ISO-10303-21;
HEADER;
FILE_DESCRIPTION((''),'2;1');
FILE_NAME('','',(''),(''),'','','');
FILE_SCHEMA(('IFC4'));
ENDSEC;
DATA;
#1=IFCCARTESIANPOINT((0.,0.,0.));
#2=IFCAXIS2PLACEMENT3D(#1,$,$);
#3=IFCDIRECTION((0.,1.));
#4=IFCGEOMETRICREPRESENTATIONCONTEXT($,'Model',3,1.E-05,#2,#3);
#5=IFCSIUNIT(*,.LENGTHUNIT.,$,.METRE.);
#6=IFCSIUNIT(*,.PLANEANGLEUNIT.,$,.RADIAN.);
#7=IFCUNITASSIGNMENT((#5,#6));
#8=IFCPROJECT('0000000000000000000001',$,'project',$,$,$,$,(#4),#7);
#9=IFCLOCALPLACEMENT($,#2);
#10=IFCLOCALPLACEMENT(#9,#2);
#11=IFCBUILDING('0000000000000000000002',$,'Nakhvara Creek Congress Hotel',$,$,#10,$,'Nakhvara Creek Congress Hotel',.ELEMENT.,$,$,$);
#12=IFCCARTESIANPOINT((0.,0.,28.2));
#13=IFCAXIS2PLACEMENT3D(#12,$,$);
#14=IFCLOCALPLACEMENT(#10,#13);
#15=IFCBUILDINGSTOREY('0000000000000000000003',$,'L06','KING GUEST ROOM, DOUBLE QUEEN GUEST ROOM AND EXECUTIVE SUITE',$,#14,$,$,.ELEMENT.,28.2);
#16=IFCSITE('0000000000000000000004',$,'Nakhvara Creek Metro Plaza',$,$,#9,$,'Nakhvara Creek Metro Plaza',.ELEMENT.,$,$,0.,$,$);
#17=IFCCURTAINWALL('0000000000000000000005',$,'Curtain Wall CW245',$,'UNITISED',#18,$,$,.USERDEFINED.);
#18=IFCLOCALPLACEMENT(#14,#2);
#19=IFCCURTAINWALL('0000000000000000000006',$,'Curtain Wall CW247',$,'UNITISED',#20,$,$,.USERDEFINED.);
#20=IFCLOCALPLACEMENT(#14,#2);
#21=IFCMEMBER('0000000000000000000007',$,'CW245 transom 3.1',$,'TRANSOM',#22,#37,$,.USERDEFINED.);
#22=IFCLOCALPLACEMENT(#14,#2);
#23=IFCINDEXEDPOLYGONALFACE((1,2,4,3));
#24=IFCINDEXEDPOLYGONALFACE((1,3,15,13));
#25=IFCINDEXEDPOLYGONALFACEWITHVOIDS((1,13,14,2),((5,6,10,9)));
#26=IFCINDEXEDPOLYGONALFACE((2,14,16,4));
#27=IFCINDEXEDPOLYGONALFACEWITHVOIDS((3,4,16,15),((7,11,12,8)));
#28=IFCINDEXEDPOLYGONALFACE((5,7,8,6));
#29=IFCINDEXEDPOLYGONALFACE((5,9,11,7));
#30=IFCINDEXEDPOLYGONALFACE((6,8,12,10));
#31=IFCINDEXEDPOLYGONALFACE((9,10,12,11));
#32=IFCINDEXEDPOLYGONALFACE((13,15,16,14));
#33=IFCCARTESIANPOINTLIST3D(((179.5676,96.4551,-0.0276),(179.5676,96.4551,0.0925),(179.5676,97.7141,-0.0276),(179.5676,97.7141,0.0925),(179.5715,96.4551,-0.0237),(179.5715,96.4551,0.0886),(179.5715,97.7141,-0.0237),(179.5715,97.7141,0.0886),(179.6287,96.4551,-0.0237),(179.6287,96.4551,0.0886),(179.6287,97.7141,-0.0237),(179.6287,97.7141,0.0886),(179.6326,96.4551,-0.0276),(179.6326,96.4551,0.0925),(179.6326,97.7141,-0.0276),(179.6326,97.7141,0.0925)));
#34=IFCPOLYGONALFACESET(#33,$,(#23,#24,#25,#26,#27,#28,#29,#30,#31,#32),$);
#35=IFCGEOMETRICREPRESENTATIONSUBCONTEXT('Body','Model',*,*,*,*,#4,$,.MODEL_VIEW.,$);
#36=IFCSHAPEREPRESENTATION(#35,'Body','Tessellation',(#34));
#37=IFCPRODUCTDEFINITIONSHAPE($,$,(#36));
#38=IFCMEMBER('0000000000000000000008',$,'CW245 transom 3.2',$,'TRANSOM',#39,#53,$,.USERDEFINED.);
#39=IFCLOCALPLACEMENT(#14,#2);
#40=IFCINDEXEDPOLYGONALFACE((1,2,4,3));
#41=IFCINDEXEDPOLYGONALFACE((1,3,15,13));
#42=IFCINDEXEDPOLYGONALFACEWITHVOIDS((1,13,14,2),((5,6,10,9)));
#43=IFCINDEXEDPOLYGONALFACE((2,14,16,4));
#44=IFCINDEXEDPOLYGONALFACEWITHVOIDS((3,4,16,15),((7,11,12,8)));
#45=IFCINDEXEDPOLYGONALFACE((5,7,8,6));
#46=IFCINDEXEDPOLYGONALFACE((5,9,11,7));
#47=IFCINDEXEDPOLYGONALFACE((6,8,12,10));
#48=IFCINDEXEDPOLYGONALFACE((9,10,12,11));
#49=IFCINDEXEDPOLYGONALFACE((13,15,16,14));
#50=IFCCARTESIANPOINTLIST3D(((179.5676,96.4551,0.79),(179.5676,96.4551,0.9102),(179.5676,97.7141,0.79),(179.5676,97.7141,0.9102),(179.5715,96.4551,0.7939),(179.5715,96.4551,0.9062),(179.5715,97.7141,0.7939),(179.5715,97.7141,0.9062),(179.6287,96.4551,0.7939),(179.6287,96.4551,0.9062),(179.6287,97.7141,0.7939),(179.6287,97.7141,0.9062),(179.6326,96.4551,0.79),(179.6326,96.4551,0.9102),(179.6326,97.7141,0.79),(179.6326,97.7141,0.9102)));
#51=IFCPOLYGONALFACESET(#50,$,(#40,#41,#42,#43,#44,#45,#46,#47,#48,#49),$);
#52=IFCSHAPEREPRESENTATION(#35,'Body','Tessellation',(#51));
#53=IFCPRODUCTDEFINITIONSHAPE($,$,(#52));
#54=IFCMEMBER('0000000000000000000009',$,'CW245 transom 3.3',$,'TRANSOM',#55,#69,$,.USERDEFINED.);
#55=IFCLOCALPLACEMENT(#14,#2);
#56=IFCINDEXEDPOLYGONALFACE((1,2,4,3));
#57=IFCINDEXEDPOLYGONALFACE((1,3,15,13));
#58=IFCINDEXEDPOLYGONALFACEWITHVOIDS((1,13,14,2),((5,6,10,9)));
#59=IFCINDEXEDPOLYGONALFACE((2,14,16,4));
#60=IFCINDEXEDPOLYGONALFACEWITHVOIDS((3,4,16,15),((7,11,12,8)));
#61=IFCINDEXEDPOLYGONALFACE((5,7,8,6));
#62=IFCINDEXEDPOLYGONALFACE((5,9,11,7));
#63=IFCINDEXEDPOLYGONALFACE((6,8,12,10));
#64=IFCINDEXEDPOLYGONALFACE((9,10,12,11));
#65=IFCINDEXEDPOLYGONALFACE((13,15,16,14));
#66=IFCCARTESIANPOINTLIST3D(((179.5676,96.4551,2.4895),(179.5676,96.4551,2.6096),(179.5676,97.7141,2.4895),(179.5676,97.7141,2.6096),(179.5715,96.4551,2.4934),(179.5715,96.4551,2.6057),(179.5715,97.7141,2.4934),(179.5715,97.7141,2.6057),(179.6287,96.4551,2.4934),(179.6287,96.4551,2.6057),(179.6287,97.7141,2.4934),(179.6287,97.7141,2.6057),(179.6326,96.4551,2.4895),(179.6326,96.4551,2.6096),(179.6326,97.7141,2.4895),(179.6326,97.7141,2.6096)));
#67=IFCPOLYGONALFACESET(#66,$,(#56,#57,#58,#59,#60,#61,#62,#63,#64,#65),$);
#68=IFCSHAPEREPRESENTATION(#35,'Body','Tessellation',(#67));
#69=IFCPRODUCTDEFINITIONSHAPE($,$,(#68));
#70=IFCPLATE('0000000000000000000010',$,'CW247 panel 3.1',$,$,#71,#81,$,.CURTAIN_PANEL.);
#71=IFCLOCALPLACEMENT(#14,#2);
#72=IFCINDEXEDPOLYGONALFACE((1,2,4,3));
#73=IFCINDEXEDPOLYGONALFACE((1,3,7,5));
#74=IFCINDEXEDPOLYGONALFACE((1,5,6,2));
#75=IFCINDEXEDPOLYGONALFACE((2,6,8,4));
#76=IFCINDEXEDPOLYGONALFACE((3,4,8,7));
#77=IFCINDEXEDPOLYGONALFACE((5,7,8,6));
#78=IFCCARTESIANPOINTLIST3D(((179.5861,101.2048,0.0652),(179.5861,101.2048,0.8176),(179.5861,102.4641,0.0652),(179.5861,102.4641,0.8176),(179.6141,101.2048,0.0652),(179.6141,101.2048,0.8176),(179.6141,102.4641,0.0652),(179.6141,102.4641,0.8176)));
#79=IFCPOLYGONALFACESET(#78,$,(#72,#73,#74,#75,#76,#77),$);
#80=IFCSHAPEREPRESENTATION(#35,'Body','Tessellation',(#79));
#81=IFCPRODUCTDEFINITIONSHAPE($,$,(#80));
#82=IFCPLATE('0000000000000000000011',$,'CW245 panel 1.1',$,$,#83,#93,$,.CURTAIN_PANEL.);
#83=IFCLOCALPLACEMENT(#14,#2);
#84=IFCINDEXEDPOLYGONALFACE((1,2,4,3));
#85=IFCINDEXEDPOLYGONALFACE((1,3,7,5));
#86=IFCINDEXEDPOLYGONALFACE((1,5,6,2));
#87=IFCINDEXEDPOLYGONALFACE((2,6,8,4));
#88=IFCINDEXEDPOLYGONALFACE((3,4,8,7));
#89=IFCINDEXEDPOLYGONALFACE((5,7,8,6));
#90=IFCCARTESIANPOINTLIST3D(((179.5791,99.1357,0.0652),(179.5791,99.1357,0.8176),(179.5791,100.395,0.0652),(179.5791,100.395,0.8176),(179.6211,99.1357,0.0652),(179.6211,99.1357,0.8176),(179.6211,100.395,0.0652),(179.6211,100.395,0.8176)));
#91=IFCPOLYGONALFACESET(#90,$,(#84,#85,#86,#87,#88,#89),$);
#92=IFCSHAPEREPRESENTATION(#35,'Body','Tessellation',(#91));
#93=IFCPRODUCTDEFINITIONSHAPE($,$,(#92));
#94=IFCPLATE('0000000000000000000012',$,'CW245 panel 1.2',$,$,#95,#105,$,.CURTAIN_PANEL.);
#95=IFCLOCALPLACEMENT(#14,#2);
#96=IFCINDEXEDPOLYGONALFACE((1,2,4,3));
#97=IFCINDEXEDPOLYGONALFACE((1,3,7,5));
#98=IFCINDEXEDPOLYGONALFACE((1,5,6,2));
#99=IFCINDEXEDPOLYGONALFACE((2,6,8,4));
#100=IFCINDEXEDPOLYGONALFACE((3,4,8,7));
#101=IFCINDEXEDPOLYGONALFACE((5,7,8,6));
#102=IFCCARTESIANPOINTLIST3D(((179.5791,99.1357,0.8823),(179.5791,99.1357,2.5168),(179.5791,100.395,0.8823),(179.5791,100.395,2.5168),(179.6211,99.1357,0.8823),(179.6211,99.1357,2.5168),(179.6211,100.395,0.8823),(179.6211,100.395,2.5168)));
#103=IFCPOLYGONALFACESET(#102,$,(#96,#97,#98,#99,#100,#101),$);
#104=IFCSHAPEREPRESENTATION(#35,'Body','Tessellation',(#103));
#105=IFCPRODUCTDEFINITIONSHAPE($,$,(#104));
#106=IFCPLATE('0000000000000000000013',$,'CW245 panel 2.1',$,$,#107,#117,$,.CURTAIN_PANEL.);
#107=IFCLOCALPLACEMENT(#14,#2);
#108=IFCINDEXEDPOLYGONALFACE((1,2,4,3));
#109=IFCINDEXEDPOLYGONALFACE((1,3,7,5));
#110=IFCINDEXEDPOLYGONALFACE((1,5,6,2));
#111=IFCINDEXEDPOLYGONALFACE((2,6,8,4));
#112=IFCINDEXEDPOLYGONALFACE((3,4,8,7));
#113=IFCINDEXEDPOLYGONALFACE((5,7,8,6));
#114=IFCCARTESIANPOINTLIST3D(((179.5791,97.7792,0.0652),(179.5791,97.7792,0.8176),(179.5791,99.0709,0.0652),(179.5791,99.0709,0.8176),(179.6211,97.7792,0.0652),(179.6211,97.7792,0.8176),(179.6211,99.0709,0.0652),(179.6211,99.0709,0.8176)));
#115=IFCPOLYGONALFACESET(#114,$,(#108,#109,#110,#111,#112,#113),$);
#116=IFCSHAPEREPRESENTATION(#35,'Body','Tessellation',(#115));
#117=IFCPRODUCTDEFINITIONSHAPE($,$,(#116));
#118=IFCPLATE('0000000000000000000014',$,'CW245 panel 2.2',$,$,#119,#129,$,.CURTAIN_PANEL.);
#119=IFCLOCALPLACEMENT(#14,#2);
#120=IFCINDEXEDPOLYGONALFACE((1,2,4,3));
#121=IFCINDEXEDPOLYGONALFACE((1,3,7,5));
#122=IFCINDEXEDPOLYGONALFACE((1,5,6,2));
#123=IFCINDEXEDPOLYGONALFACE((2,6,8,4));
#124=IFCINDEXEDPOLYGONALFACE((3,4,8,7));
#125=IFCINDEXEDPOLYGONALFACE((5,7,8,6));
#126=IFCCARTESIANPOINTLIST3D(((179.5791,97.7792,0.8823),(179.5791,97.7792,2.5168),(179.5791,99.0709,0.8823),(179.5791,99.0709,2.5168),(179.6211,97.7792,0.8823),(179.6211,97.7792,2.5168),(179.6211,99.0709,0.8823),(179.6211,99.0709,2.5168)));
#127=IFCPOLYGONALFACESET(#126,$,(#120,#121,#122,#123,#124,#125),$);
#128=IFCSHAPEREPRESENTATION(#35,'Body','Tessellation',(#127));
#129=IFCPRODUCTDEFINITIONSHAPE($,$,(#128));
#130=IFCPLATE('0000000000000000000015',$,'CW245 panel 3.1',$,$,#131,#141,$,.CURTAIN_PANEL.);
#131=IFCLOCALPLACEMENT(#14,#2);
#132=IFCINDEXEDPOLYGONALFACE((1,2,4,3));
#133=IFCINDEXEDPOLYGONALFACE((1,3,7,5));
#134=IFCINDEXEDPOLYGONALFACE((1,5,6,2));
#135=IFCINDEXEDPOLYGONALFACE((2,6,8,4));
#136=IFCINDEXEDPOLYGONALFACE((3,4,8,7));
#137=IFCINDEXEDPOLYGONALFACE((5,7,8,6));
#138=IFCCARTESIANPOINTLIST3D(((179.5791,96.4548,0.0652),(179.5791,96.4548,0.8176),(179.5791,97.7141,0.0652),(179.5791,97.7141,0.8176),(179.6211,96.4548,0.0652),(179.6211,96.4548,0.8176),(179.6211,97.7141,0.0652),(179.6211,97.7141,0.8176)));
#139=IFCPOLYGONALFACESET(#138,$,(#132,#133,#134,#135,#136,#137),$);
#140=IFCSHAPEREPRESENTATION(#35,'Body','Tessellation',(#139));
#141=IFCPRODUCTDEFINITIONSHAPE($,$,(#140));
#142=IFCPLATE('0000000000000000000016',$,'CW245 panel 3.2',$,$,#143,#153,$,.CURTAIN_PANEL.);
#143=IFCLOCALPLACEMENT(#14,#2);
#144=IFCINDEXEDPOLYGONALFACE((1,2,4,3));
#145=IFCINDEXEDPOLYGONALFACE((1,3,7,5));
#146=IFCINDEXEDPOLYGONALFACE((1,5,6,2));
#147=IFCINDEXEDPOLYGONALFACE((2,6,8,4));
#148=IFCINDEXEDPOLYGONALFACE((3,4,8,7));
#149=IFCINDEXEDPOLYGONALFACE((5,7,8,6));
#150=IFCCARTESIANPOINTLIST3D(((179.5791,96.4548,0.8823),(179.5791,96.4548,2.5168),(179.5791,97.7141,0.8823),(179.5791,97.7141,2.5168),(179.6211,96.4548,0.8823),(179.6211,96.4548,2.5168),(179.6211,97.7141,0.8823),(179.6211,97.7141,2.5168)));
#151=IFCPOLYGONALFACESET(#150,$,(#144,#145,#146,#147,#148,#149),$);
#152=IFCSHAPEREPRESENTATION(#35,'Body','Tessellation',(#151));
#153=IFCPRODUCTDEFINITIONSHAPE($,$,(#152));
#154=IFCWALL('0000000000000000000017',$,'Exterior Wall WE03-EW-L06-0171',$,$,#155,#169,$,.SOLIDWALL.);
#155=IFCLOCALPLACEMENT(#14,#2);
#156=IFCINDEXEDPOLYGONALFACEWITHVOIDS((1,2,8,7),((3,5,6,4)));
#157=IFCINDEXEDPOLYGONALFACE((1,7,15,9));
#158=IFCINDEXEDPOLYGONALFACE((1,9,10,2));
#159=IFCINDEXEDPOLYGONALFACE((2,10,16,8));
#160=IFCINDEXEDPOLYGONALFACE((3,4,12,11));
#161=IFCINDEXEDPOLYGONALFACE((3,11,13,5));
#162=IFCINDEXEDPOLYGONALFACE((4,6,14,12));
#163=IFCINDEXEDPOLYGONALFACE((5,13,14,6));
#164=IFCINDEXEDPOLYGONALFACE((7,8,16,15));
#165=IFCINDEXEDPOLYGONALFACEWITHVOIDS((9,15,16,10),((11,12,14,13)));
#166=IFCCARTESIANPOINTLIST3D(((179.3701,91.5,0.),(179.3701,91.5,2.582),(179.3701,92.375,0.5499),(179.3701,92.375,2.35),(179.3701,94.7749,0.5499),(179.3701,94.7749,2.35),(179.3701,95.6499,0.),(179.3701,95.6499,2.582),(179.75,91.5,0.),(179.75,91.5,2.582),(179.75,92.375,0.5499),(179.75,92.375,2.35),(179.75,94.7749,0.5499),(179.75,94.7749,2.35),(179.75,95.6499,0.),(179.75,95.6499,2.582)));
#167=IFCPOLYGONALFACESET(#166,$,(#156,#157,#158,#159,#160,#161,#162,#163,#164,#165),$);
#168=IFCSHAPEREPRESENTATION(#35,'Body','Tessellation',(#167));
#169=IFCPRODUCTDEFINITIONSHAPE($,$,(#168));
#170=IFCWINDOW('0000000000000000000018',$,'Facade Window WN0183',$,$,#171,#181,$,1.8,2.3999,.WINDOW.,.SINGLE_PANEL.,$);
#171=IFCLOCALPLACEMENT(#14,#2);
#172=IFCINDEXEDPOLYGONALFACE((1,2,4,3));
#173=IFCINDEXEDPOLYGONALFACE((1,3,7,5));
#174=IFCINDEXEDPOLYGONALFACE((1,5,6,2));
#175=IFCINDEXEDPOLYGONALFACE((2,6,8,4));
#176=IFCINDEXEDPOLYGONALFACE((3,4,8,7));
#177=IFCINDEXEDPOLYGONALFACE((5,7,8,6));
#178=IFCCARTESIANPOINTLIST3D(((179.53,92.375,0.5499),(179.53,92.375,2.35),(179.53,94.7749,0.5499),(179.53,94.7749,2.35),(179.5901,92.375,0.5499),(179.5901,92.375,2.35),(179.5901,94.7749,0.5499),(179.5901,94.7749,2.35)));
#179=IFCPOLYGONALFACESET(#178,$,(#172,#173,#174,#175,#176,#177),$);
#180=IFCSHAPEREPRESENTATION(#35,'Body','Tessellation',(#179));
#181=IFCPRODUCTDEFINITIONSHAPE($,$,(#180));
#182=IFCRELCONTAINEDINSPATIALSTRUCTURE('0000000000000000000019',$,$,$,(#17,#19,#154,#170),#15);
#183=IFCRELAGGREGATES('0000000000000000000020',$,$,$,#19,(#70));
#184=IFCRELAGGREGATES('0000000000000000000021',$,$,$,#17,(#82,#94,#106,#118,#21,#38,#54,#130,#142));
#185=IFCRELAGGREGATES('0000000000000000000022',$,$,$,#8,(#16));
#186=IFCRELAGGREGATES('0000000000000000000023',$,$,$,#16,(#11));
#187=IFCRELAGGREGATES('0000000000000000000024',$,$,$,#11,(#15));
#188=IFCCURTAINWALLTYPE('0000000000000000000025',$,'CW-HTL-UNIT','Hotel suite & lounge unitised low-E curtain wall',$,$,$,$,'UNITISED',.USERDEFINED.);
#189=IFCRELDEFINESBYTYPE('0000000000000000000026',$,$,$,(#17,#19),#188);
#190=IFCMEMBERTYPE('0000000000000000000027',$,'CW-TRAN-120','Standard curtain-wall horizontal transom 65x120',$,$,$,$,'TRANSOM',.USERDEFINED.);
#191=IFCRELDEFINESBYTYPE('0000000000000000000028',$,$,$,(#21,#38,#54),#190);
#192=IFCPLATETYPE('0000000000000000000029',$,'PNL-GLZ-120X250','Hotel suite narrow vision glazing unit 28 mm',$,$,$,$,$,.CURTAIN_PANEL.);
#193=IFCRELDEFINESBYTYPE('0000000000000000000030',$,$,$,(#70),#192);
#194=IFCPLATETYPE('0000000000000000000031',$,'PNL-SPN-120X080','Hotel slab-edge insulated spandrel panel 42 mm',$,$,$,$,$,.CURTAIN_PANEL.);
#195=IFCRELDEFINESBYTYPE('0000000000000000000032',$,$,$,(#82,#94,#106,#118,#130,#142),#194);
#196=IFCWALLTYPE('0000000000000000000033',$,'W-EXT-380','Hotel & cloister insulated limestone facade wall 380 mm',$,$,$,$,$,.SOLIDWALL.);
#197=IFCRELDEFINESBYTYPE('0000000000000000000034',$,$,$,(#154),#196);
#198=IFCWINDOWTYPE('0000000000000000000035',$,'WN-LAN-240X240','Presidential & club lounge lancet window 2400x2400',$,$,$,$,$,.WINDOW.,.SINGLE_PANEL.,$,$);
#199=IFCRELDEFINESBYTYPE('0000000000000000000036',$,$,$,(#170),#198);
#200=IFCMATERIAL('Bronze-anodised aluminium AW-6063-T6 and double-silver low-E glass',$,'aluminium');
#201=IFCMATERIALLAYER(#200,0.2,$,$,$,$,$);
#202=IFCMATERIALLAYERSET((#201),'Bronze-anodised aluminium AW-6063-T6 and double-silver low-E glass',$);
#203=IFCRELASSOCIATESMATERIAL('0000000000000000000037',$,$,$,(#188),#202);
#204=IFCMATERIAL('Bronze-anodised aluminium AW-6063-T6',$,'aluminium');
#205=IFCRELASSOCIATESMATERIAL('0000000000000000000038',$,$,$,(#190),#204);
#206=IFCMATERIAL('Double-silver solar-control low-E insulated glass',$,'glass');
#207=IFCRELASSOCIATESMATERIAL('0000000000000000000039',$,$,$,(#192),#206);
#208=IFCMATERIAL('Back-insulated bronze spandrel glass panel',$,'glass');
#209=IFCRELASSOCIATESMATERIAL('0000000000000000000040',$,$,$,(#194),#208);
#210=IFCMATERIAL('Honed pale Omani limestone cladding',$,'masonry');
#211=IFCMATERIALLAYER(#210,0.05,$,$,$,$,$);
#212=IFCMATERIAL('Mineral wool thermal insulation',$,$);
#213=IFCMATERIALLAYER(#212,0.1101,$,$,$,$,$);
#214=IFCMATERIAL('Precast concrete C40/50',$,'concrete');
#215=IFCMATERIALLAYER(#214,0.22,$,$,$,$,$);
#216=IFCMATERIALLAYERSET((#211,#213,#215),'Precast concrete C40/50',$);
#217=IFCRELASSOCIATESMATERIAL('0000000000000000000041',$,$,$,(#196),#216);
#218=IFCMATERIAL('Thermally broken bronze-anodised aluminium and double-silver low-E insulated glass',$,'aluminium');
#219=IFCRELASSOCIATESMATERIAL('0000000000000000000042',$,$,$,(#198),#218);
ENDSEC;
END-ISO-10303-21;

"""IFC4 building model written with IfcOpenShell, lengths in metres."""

from ifc_helpers import new_model, si_unit, direction, frame, frame_2d, origin, origin_2d, place, context, subcontext, project, spatial, rectangle, hollow_rectangle, extrude, material, layer, layer_set, material_profile, profile_set, type_object, element, fill, aggregate, save


model = new_model("IFC4")

# Units and contexts
model_context = context("Model", 3, precision=1e-05, world=origin(), true_north=direction((0.0, 1.0)))
body_context = subcontext(model_context, "Body", "Model", "MODEL_VIEW")
ifc_project = project(units=[si_unit("LENGTHUNIT", "METRE"), si_unit("PLANEANGLEUNIT", "RADIAN")], contexts=[model_context])

# Site, building, storey
site_placement = place(None, origin())
site = spatial("IfcSite", under=ifc_project, at=site_placement, Name="Nakhvara Creek Metro Plaza", LongName="Nakhvara Creek Metro Plaza", CompositionType="ELEMENT", RefElevation=0.0)
building_placement = place(site_placement, origin())
building = spatial("IfcBuilding", under=site, at=building_placement, Name="Nakhvara Creek Congress Hotel", LongName="Nakhvara Creek Congress Hotel", CompositionType="ELEMENT")
storey_placement = place(building_placement, frame((0.0, 0.0, 28.2)))
storey = spatial("IfcBuildingStorey", under=building, at=storey_placement, Name="L06", Description="KING GUEST ROOM, DOUBLE QUEEN GUEST ROOM AND EXECUTIVE SUITE", CompositionType="ELEMENT", Elevation=28.2)

# Curtain wall
ifc_material_1 = material(Name="Bronze-anodised aluminium AW-6063-T6 and double-silver low-E glass", Category="aluminium")
ifc_layer_1 = layer(ifc_material_1, 0.2)
ifc_layer_set_1 = layer_set([ifc_layer_1], Name="Bronze-anodised aluminium AW-6063-T6 and double-silver low-E glass")
curtain_wall_type = type_object("IfcCurtainWallType", Name="CW-HTL-UNIT", Description="Hotel suite & lounge unitised low-E curtain wall", ElementType="UNITISED", PredefinedType="USERDEFINED", material=ifc_layer_set_1)
curtain_wall_1_placement = place(storey_placement, origin())
curtain_wall_1 = element("IfcCurtainWall", 1, at=curtain_wall_1_placement, inside=storey, type_object=curtain_wall_type, Name="Curtain Wall CW245", ObjectType="UNITISED", PredefinedType="USERDEFINED")
ifc_material_2 = material(Name="Bronze-anodised aluminium AW-6063-T6", Category="aluminium")

# Curtain wall
curtain_wall_2_placement = place(storey_placement, origin())
curtain_wall_2 = element("IfcCurtainWall", 2, at=curtain_wall_2_placement, inside=storey, type_object=curtain_wall_type, Name="Curtain Wall CW247", ObjectType="UNITISED", PredefinedType="USERDEFINED")

# Members
ifc_material_profile_1 = material_profile(ifc_material_2, hollow_rectangle(XDim=0.0649, YDim=0.1201, WallThickness=0.0039, at=origin_2d()), Name="ALU-TRAN 65x120x4", Category="LoadBearing")
ifc_profile_set_1 = profile_set([ifc_material_profile_1], Name="Bronze-anodised aluminium AW-6063-T6")
member_type_1 = type_object("IfcMemberType", Name="CW-TRAN-120", Description="Standard curtain-wall horizontal transom 65x120", ElementType="TRANSOM", PredefinedType="USERDEFINED", material=ifc_profile_set_1)
member_1_placement = place(storey_placement, frame((179.6001, 97.7141, 0.0325), z_axis=(0.0, -1.0, 0.0), x_axis=(1.0, 0.0, 0.0)))
member_1 = element("IfcMember", 3, at=member_1_placement, type_object=member_type_1, Name="CW245 transom 3.1", ObjectType="TRANSOM", PredefinedType="USERDEFINED", context=body_context, shape_type="SweptSolid", body=[
    extrude(hollow_rectangle(XDim=0.0649, YDim=0.1201, WallThickness=0.0039, at=origin_2d()), origin(), (0.0, 0.0, 1.0), 1.259),
])
member_2_placement = place(storey_placement, frame((179.6001, 97.7141, 0.8501), z_axis=(0.0, -1.0, 0.0), x_axis=(1.0, 0.0, 0.0)))
member_2 = element("IfcMember", 4, at=member_2_placement, type_object=member_type_1, Name="CW245 transom 3.2", ObjectType="TRANSOM", PredefinedType="USERDEFINED", context=body_context, shape_type="SweptSolid", body=[
    extrude(hollow_rectangle(XDim=0.0649, YDim=0.1201, WallThickness=0.0039, at=origin_2d()), origin(), (0.0, 0.0, 1.0), 1.259),
])
member_3_placement = place(storey_placement, frame((179.6001, 97.7141, 2.5496), z_axis=(0.0, -1.0, 0.0), x_axis=(1.0, 0.0, 0.0)))
member_3 = element("IfcMember", 5, at=member_3_placement, type_object=member_type_1, Name="CW245 transom 3.3", ObjectType="TRANSOM", PredefinedType="USERDEFINED", context=body_context, shape_type="SweptSolid", body=[
    extrude(hollow_rectangle(XDim=0.0649, YDim=0.1201, WallThickness=0.0039, at=origin_2d()), origin(), (0.0, 0.0, 1.0), 1.259),
])

# Plates
ifc_material_3 = material(Name="Double-silver solar-control low-E insulated glass", Category="glass")
plate_type_1 = type_object("IfcPlateType", Name="PNL-GLZ-120X250", Description="Hotel suite narrow vision glazing unit 28 mm", PredefinedType="CURTAIN_PANEL", material=ifc_material_3)
plate_1_placement = place(storey_placement, frame((179.6001, 101.8345, 0.0652), z_axis=(0.0, 0.0, 1.0), x_axis=(0.0, -1.0, 0.0)))
plate_1 = element("IfcPlate", 6, at=plate_1_placement, type_object=plate_type_1, Name="CW247 panel 3.1", PredefinedType="CURTAIN_PANEL", context=body_context, shape_type="SweptSolid", body=[
    extrude(rectangle(XDim=1.2593, YDim=0.0281, at=origin_2d()), origin(), (0.0, 0.0, 1.0), 0.7524),
])
aggregate(curtain_wall_2, [plate_1])
ifc_material_4 = material(Name="Back-insulated bronze spandrel glass panel", Category="glass")
plate_type_2 = type_object("IfcPlateType", Name="PNL-SPN-120X080", Description="Hotel slab-edge insulated spandrel panel 42 mm", PredefinedType="CURTAIN_PANEL", material=ifc_material_4)
plate_2_placement = place(storey_placement, frame((179.6001, 99.7654, 0.0652), z_axis=(0.0, 0.0, 1.0), x_axis=(0.0, -1.0, 0.0)))
plate_2 = element("IfcPlate", 7, at=plate_2_placement, type_object=plate_type_2, Name="CW245 panel 1.1", PredefinedType="CURTAIN_PANEL", context=body_context, shape_type="SweptSolid", body=[
    extrude(rectangle(XDim=1.2593, YDim=0.042, at=origin_2d()), origin(), (0.0, 0.0, 1.0), 0.7524),
])
plate_3_placement = place(storey_placement, frame((179.6001, 99.7654, 0.8823), z_axis=(0.0, 0.0, 1.0), x_axis=(0.0, -1.0, 0.0)))
plate_3 = element("IfcPlate", 8, at=plate_3_placement, type_object=plate_type_2, Name="CW245 panel 1.2", PredefinedType="CURTAIN_PANEL", context=body_context, shape_type="SweptSolid", body=[
    extrude(rectangle(XDim=1.2593, YDim=0.042, at=origin_2d()), origin(), (0.0, 0.0, 1.0), 1.6345),
])
plate_4_placement = place(storey_placement, frame((179.6001, 98.425, 0.0652), z_axis=(0.0, 0.0, 1.0), x_axis=(0.0, -1.0, 0.0)))
plate_4 = element("IfcPlate", 9, at=plate_4_placement, type_object=plate_type_2, Name="CW245 panel 2.1", PredefinedType="CURTAIN_PANEL", context=body_context, shape_type="SweptSolid", body=[
    extrude(rectangle(XDim=1.2917, YDim=0.042, at=origin_2d()), origin(), (0.0, 0.0, 1.0), 0.7524),
])
plate_5_placement = place(storey_placement, frame((179.6001, 98.425, 0.8823), z_axis=(0.0, 0.0, 1.0), x_axis=(0.0, -1.0, 0.0)))
plate_5 = element("IfcPlate", 10, at=plate_5_placement, type_object=plate_type_2, Name="CW245 panel 2.2", PredefinedType="CURTAIN_PANEL", context=body_context, shape_type="SweptSolid", body=[
    extrude(rectangle(XDim=1.2917, YDim=0.042, at=origin_2d()), origin(), (0.0, 0.0, 1.0), 1.6345),
])
plate_6_placement = place(storey_placement, frame((179.6001, 97.0845, 0.0652), z_axis=(0.0, 0.0, 1.0), x_axis=(0.0, -1.0, 0.0)))
plate_6 = element("IfcPlate", 11, at=plate_6_placement, type_object=plate_type_2, Name="CW245 panel 3.1", PredefinedType="CURTAIN_PANEL", context=body_context, shape_type="SweptSolid", body=[
    extrude(rectangle(XDim=1.2593, YDim=0.042, at=origin_2d()), origin(), (0.0, 0.0, 1.0), 0.7524),
])
plate_7_placement = place(storey_placement, frame((179.6001, 97.0845, 0.8823), z_axis=(0.0, 0.0, 1.0), x_axis=(0.0, -1.0, 0.0)))
plate_7 = element("IfcPlate", 12, at=plate_7_placement, type_object=plate_type_2, Name="CW245 panel 3.2", PredefinedType="CURTAIN_PANEL", context=body_context, shape_type="SweptSolid", body=[
    extrude(rectangle(XDim=1.2593, YDim=0.042, at=origin_2d()), origin(), (0.0, 0.0, 1.0), 1.6345),
])
aggregate(curtain_wall_1, [plate_2, plate_3, plate_4, plate_5, member_1, member_2, member_3, plate_6, plate_7])

# Wall, opening, window
ifc_material_5 = material(Name="Honed pale Omani limestone cladding", Category="masonry")
ifc_layer_2 = layer(ifc_material_5, 0.05)
ifc_material_6 = material(Name="Mineral wool thermal insulation")
ifc_layer_3 = layer(ifc_material_6, 0.1101)
ifc_material_7 = material(Name="Precast concrete C40/50", Category="concrete")
ifc_layer_4 = layer(ifc_material_7, 0.22)
ifc_layer_set_2 = layer_set([ifc_layer_2, ifc_layer_3, ifc_layer_4], Name="Precast concrete C40/50")
wall_type = type_object("IfcWallType", Name="W-EXT-380", Description="Hotel & cloister insulated limestone facade wall 380 mm", PredefinedType="SOLIDWALL", material=ifc_layer_set_2)
wall_placement = place(storey_placement, frame((179.5601, 95.6499, 0.0), z_axis=(0.0, 0.0, 1.0), x_axis=(0.0, -1.0, 0.0)))
wall = element("IfcWall", 13, at=wall_placement, inside=storey, type_object=wall_type, Name="Exterior Wall WE03-EW-L06-0171", PredefinedType="SOLIDWALL", context=body_context, shape_type="SweptSolid", body=[
    extrude(rectangle(XDim=4.1499, YDim=0.3799, at=frame_2d((2.075, 0.0))), origin(), (0.0, 0.0, 1.0), 2.582),
])
opening_placement = place(wall_placement, frame((0.875, 0.0, 0.55)))
opening = element("IfcOpeningElement", 14, at=opening_placement, cuts=wall, PredefinedType="OPENING", context=body_context, shape_type="SweptSolid", body=[
    extrude(rectangle(XDim=2.3999, YDim=1.8, at=frame_2d((1.2, 0.8999))), frame((0.0, 0.2019, 0.0), z_axis=(0.0, -1.0, 0.0), x_axis=(1.0, 0.0, 0.0)), (0.0, 0.0, 1.0), 0.4038),
])
ifc_material_8 = material(Name="Thermally broken bronze-anodised aluminium and double-silver low-E insulated glass", Category="aluminium")
window_type = type_object("IfcWindowType", Name="WN-LAN-240X240", Description="Presidential & club lounge lancet window 2400x2400", PartitioningType="SINGLE_PANEL", PredefinedType="WINDOW", material=ifc_material_8)
window_placement = place(opening_placement, origin())
window = element("IfcWindow", 15, at=window_placement, inside=storey, type_object=window_type, Name="Facade Window WN0183", OverallHeight=1.8, OverallWidth=2.3999, PartitioningType="SINGLE_PANEL", PredefinedType="WINDOW", context=body_context, shape_type="SweptSolid", body=[
    extrude(rectangle(XDim=2.3999, YDim=1.8, at=frame_2d((1.2, 0.8999))), frame((0.0, 0.03, 0.0), z_axis=(0.0, -1.0, 0.0), x_axis=(1.0, 0.0, 0.0)), (0.0, 0.0, 1.0), 0.0601),
])
fill(opening, window)

save(model, "model.ifc")
